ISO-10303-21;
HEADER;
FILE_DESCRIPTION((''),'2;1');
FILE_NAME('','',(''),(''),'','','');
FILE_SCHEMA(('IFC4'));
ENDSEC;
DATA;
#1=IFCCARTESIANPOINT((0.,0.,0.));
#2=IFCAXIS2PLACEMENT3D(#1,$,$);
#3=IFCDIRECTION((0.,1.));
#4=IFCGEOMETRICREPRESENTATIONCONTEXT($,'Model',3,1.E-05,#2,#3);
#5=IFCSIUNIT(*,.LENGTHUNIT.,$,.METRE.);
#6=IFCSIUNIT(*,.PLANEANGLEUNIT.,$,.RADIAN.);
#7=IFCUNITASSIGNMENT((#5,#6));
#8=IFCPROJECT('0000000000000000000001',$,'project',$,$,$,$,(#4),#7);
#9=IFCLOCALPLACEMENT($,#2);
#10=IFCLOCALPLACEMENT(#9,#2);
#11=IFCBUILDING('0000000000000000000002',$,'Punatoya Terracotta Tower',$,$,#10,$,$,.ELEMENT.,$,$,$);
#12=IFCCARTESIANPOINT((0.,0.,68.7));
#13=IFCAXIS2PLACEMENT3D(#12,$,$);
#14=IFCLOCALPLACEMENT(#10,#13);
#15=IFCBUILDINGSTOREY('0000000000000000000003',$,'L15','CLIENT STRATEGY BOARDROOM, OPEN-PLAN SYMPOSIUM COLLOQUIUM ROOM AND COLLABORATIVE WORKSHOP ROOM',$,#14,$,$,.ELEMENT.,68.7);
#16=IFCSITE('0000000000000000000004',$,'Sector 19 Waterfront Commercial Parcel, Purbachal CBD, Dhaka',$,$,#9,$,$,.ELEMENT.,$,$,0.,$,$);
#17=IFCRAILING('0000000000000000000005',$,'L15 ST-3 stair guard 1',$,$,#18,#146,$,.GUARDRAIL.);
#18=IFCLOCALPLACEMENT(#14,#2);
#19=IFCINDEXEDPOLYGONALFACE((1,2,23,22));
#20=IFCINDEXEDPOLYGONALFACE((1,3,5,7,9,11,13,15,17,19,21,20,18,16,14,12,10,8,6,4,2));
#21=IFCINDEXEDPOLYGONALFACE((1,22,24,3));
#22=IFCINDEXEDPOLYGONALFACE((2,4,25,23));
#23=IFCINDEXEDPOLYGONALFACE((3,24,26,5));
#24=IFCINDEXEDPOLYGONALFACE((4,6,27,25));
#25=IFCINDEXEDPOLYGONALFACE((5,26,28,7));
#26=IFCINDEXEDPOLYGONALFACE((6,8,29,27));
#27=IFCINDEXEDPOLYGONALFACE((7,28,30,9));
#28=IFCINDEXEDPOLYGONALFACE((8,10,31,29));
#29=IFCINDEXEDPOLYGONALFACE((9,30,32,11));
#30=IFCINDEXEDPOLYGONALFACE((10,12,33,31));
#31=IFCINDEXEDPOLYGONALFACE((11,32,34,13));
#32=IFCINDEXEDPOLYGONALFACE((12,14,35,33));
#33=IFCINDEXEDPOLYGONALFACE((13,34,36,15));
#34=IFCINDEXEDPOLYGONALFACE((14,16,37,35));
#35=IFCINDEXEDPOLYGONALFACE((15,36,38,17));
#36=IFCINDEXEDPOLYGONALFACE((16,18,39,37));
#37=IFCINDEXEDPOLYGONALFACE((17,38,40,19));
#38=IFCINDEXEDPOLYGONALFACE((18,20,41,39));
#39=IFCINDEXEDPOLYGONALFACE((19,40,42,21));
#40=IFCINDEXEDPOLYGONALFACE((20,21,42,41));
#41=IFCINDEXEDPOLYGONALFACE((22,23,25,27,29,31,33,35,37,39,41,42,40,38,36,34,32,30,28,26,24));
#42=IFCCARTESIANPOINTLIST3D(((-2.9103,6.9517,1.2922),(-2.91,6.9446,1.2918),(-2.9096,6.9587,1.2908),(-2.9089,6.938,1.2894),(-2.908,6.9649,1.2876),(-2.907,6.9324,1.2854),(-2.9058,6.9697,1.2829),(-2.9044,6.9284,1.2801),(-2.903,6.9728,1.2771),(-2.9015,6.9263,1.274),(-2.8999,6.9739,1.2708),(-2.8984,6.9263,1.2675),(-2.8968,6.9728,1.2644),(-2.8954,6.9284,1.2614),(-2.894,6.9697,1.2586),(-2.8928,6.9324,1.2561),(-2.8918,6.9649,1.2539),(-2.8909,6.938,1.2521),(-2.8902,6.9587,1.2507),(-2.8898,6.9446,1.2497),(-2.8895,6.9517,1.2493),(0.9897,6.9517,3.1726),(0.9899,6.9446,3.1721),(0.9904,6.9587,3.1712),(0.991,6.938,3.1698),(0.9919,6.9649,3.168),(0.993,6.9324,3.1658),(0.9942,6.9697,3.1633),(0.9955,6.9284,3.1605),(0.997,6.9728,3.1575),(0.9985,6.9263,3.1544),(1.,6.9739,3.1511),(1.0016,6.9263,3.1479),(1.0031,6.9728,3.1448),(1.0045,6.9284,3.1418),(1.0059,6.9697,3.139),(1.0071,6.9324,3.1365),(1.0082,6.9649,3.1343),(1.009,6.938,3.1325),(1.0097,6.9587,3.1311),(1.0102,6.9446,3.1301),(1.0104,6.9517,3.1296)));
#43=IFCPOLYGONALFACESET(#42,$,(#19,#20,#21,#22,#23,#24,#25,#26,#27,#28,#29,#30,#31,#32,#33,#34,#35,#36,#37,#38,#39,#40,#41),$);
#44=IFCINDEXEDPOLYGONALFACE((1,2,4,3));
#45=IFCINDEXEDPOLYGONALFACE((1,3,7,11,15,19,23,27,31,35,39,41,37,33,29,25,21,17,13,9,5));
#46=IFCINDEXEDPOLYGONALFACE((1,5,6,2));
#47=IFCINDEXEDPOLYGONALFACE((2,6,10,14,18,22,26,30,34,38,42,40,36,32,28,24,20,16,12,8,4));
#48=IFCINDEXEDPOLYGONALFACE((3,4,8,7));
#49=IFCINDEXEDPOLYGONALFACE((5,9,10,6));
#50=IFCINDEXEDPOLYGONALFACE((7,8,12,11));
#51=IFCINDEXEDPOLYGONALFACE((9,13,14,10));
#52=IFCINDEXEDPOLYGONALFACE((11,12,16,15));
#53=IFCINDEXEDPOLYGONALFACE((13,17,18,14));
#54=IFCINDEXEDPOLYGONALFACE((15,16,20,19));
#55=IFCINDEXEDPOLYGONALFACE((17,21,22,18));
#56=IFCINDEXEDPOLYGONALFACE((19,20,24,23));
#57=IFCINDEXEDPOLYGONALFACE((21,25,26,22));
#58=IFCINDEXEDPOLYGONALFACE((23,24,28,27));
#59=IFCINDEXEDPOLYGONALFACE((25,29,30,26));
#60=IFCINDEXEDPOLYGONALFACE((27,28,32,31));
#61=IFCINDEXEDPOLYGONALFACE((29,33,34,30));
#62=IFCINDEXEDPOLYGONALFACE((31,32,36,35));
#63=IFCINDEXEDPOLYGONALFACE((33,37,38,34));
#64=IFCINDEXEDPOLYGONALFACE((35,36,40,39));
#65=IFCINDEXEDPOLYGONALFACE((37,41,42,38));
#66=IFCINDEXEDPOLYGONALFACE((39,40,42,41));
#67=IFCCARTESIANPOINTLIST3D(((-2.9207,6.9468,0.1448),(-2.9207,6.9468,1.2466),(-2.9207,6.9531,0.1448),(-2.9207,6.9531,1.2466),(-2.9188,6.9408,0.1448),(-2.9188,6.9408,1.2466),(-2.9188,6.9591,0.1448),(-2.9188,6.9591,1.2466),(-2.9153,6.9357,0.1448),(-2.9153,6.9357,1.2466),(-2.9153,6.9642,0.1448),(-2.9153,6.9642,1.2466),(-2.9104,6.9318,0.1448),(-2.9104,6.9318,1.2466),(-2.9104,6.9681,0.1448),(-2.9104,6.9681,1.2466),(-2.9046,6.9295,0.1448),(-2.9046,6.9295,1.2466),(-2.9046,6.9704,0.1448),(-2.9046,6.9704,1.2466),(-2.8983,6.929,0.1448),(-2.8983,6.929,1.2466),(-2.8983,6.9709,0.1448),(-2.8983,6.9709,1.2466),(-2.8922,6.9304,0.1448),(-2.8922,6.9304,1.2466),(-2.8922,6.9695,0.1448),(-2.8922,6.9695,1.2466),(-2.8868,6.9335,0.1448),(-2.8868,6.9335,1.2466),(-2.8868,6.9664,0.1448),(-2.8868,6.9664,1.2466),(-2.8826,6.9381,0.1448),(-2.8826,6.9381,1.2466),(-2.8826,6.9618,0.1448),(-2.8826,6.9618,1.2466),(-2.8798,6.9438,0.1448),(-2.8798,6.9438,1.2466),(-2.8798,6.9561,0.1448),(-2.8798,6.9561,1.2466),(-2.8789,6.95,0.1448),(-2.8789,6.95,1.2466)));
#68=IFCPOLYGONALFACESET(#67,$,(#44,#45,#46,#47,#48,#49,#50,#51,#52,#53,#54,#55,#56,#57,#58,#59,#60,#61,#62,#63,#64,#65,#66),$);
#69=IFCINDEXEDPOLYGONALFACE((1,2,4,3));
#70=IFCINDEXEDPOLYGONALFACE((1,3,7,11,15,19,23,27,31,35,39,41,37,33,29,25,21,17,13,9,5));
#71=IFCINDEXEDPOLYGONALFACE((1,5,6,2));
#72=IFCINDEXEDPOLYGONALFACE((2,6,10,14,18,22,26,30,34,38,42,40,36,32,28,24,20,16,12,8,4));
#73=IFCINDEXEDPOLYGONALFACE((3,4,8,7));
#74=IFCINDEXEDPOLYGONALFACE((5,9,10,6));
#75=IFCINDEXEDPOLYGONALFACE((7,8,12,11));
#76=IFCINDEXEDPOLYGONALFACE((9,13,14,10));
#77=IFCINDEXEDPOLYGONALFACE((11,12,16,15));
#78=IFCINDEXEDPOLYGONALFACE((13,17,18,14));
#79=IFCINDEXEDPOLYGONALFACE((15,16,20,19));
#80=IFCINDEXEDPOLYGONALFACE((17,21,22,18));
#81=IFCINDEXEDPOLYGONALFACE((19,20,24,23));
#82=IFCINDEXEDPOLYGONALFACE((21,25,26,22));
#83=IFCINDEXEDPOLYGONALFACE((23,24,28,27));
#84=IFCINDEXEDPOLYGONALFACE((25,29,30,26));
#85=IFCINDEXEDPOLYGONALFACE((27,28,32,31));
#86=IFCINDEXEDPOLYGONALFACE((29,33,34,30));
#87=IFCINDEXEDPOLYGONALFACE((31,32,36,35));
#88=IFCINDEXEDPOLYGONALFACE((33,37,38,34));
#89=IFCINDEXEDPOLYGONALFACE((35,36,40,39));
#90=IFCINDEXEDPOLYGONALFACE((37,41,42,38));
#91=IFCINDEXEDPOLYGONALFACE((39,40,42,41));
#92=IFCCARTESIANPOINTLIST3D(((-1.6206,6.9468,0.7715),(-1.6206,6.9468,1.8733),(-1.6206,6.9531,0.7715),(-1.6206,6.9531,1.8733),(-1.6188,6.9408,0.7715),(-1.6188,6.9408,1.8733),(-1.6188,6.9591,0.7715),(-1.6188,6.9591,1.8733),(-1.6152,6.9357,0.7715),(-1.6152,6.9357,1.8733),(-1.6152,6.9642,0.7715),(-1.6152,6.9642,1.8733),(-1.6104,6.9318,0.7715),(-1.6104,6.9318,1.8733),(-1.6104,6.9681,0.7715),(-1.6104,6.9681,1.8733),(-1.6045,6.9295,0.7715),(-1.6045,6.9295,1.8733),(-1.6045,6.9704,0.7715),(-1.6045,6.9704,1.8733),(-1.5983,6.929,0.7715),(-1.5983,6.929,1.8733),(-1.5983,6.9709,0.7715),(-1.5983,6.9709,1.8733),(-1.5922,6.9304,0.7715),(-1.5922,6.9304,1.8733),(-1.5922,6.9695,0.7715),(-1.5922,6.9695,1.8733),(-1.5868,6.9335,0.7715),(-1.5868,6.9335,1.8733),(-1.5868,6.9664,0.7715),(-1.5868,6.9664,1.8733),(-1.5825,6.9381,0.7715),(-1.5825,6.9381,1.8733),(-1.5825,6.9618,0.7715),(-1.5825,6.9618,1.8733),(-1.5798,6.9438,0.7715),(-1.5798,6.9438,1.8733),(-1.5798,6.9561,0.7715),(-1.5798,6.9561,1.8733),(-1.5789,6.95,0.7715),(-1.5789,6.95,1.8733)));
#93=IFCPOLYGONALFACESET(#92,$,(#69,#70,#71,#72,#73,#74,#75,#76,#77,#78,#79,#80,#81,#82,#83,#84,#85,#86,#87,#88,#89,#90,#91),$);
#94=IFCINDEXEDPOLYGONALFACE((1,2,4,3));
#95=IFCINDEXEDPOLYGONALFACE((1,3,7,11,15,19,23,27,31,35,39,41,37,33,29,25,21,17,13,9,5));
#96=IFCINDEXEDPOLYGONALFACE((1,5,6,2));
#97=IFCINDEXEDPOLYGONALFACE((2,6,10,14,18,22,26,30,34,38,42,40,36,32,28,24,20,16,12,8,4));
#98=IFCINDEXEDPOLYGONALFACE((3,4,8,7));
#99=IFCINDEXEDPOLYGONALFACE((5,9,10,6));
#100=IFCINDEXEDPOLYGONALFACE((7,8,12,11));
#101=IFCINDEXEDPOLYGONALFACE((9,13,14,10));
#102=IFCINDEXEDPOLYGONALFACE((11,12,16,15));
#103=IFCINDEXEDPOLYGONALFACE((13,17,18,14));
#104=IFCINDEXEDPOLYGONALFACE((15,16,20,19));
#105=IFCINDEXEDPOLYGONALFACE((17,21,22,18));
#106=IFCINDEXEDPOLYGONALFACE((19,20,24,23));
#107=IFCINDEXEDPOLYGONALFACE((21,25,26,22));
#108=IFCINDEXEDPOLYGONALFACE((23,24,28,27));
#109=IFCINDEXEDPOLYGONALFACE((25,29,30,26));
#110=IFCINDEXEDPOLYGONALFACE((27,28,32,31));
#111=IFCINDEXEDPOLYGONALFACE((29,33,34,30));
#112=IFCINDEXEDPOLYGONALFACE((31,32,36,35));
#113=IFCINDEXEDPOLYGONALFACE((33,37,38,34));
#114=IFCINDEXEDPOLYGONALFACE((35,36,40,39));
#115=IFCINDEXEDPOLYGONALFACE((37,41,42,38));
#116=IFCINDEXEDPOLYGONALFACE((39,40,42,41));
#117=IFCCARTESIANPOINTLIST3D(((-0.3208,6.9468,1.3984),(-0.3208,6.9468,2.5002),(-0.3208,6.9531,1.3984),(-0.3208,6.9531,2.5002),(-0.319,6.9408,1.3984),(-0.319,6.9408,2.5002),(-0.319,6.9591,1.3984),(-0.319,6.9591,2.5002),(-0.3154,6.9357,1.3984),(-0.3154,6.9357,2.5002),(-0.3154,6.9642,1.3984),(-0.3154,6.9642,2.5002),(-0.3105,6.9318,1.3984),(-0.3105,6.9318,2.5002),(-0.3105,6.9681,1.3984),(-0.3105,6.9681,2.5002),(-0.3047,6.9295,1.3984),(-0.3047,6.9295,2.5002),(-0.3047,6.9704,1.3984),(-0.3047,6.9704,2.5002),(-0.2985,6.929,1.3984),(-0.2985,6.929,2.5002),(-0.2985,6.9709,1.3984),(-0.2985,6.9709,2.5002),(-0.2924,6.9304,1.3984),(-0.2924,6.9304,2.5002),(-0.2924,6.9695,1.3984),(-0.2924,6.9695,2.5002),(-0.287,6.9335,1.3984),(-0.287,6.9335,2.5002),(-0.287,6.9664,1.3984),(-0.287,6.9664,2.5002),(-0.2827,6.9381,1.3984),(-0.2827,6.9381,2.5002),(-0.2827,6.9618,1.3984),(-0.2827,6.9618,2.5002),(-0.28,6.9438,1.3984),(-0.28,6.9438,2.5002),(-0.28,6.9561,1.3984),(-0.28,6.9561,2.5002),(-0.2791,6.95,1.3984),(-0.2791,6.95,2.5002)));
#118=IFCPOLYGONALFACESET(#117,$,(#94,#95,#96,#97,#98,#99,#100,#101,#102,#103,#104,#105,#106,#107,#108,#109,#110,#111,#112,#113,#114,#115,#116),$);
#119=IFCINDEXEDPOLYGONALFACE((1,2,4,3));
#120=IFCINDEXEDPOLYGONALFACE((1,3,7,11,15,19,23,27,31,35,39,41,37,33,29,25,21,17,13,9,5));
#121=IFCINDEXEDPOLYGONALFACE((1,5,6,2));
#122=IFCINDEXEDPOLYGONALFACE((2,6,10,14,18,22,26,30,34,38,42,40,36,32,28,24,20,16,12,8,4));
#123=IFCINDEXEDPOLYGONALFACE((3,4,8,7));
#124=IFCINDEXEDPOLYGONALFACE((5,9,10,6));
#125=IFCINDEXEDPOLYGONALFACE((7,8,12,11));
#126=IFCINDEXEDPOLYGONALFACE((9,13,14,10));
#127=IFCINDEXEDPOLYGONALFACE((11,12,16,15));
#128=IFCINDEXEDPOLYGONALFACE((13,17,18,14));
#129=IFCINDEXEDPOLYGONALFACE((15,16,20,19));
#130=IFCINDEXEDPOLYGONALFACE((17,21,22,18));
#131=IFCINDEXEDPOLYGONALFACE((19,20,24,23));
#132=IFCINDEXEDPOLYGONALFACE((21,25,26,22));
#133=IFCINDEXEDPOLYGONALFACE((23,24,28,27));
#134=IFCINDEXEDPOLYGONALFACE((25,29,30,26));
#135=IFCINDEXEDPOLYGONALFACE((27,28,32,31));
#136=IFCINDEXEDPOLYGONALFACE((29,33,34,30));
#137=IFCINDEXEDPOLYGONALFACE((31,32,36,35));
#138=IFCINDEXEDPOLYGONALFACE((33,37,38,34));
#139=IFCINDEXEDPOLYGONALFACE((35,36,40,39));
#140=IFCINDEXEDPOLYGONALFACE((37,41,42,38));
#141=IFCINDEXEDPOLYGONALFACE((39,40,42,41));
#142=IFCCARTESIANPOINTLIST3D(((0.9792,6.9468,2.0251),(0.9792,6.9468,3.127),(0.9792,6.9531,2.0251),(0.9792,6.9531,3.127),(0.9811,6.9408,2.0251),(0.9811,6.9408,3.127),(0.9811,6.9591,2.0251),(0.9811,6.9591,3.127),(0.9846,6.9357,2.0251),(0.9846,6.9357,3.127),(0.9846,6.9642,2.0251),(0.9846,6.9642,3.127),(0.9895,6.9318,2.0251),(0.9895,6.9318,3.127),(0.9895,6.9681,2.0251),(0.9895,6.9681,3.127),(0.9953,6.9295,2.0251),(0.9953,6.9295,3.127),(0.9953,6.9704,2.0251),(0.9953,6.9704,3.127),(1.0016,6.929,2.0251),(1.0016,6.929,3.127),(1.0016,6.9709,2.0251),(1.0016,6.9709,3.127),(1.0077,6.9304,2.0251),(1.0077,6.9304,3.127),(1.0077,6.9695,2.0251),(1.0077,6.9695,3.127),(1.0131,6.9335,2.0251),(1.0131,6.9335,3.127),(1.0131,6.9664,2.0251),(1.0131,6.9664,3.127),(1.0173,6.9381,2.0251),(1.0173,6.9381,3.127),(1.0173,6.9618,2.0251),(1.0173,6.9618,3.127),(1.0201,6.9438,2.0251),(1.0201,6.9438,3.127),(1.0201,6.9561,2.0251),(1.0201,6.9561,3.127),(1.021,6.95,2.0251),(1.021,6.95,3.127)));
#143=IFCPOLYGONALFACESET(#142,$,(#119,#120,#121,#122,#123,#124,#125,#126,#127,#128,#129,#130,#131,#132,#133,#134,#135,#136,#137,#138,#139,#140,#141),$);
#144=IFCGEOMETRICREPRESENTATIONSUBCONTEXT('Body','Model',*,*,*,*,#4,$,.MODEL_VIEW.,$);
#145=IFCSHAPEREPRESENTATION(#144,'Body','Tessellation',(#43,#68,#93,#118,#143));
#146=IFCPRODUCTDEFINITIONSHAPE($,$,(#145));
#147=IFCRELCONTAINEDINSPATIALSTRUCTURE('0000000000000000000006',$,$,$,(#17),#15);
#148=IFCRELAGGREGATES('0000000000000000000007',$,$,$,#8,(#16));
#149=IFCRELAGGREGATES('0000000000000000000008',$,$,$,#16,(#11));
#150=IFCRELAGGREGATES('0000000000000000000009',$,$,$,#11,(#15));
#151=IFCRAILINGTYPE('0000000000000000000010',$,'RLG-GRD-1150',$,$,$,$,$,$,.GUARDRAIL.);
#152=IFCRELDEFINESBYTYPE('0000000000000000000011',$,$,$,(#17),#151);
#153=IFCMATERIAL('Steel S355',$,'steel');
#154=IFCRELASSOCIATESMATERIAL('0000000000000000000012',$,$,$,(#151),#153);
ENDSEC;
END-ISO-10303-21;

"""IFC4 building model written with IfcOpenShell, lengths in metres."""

from ifc_helpers import new_model, si_unit, direction, frame, origin, origin_2d, place, context, subcontext, project, spatial, circle, extrude, material, type_object, element, save


model = new_model("IFC4")

# Units and contexts
model_context = context("Model", 3, precision=1e-05, world=origin(), true_north=direction((0.0, 1.0)))
body_context = subcontext(model_context, "Body", "Model", "MODEL_VIEW")
ifc_project = project(units=[si_unit("LENGTHUNIT", "METRE"), si_unit("PLANEANGLEUNIT", "RADIAN")], contexts=[model_context])

# Site, building, storey
site_placement = place(None, origin())
site = spatial("IfcSite", under=ifc_project, at=site_placement, Name="Sector 19 Waterfront Commercial Parcel, Purbachal CBD, Dhaka", CompositionType="ELEMENT", RefElevation=0.0)
building_placement = place(site_placement, origin())
building = spatial("IfcBuilding", under=site, at=building_placement, Name="Punatoya Terracotta Tower", CompositionType="ELEMENT")
storey_placement = place(building_placement, frame((0.0, 0.0, 68.7)))
storey = spatial("IfcBuildingStorey", under=building, at=storey_placement, Name="L15", Description="CLIENT STRATEGY BOARDROOM, OPEN-PLAN SYMPOSIUM COLLOQUIUM ROOM AND COLLABORATIVE WORKSHOP ROOM", CompositionType="ELEMENT", Elevation=68.7)

# Shared definitions
ifc_material_1 = material(Name="Steel S355", Category="steel")

# Railing
railing_type_1 = type_object("IfcRailingType", Name="RLG-GRD-1150", PredefinedType="GUARDRAIL", material=ifc_material_1)
railing_1_placement = place(storey_placement, frame((-2.8999, 6.95, 0.1448)))
element("IfcRailing", 1, at=railing_1_placement, inside=storey, type_object=railing_type_1, Name="L15 ST-3 stair guard 1", PredefinedType="GUARDRAIL", context=body_context, shape_type="SweptSolid", body=[
    extrude(circle(Radius=0.0239, at=origin_2d()), frame((0.0, 0.0, 1.126), z_axis=(0.900763, 0.0, 0.434311), x_axis=(0.0, 1.0, 0.0)), (0.0, 0.0, 1.0), 4.3296),
    extrude(circle(Radius=0.021, at=origin_2d()), origin(), (0.0, 0.0, 1.0), 1.1018),
    extrude(circle(Radius=0.021, at=origin_2d()), frame((1.3, 0.0, 0.6267)), (0.0, 0.0, 1.0), 1.1018),
    extrude(circle(Radius=0.021, at=origin_2d()), frame((2.5999, 0.0, 1.2537)), (0.0, 0.0, 1.0), 1.1018),
    extrude(circle(Radius=0.021, at=origin_2d()), frame((3.8999, 0.0, 1.8804)), (0.0, 0.0, 1.0), 1.1018),
])

save(model, "model.ifc")
